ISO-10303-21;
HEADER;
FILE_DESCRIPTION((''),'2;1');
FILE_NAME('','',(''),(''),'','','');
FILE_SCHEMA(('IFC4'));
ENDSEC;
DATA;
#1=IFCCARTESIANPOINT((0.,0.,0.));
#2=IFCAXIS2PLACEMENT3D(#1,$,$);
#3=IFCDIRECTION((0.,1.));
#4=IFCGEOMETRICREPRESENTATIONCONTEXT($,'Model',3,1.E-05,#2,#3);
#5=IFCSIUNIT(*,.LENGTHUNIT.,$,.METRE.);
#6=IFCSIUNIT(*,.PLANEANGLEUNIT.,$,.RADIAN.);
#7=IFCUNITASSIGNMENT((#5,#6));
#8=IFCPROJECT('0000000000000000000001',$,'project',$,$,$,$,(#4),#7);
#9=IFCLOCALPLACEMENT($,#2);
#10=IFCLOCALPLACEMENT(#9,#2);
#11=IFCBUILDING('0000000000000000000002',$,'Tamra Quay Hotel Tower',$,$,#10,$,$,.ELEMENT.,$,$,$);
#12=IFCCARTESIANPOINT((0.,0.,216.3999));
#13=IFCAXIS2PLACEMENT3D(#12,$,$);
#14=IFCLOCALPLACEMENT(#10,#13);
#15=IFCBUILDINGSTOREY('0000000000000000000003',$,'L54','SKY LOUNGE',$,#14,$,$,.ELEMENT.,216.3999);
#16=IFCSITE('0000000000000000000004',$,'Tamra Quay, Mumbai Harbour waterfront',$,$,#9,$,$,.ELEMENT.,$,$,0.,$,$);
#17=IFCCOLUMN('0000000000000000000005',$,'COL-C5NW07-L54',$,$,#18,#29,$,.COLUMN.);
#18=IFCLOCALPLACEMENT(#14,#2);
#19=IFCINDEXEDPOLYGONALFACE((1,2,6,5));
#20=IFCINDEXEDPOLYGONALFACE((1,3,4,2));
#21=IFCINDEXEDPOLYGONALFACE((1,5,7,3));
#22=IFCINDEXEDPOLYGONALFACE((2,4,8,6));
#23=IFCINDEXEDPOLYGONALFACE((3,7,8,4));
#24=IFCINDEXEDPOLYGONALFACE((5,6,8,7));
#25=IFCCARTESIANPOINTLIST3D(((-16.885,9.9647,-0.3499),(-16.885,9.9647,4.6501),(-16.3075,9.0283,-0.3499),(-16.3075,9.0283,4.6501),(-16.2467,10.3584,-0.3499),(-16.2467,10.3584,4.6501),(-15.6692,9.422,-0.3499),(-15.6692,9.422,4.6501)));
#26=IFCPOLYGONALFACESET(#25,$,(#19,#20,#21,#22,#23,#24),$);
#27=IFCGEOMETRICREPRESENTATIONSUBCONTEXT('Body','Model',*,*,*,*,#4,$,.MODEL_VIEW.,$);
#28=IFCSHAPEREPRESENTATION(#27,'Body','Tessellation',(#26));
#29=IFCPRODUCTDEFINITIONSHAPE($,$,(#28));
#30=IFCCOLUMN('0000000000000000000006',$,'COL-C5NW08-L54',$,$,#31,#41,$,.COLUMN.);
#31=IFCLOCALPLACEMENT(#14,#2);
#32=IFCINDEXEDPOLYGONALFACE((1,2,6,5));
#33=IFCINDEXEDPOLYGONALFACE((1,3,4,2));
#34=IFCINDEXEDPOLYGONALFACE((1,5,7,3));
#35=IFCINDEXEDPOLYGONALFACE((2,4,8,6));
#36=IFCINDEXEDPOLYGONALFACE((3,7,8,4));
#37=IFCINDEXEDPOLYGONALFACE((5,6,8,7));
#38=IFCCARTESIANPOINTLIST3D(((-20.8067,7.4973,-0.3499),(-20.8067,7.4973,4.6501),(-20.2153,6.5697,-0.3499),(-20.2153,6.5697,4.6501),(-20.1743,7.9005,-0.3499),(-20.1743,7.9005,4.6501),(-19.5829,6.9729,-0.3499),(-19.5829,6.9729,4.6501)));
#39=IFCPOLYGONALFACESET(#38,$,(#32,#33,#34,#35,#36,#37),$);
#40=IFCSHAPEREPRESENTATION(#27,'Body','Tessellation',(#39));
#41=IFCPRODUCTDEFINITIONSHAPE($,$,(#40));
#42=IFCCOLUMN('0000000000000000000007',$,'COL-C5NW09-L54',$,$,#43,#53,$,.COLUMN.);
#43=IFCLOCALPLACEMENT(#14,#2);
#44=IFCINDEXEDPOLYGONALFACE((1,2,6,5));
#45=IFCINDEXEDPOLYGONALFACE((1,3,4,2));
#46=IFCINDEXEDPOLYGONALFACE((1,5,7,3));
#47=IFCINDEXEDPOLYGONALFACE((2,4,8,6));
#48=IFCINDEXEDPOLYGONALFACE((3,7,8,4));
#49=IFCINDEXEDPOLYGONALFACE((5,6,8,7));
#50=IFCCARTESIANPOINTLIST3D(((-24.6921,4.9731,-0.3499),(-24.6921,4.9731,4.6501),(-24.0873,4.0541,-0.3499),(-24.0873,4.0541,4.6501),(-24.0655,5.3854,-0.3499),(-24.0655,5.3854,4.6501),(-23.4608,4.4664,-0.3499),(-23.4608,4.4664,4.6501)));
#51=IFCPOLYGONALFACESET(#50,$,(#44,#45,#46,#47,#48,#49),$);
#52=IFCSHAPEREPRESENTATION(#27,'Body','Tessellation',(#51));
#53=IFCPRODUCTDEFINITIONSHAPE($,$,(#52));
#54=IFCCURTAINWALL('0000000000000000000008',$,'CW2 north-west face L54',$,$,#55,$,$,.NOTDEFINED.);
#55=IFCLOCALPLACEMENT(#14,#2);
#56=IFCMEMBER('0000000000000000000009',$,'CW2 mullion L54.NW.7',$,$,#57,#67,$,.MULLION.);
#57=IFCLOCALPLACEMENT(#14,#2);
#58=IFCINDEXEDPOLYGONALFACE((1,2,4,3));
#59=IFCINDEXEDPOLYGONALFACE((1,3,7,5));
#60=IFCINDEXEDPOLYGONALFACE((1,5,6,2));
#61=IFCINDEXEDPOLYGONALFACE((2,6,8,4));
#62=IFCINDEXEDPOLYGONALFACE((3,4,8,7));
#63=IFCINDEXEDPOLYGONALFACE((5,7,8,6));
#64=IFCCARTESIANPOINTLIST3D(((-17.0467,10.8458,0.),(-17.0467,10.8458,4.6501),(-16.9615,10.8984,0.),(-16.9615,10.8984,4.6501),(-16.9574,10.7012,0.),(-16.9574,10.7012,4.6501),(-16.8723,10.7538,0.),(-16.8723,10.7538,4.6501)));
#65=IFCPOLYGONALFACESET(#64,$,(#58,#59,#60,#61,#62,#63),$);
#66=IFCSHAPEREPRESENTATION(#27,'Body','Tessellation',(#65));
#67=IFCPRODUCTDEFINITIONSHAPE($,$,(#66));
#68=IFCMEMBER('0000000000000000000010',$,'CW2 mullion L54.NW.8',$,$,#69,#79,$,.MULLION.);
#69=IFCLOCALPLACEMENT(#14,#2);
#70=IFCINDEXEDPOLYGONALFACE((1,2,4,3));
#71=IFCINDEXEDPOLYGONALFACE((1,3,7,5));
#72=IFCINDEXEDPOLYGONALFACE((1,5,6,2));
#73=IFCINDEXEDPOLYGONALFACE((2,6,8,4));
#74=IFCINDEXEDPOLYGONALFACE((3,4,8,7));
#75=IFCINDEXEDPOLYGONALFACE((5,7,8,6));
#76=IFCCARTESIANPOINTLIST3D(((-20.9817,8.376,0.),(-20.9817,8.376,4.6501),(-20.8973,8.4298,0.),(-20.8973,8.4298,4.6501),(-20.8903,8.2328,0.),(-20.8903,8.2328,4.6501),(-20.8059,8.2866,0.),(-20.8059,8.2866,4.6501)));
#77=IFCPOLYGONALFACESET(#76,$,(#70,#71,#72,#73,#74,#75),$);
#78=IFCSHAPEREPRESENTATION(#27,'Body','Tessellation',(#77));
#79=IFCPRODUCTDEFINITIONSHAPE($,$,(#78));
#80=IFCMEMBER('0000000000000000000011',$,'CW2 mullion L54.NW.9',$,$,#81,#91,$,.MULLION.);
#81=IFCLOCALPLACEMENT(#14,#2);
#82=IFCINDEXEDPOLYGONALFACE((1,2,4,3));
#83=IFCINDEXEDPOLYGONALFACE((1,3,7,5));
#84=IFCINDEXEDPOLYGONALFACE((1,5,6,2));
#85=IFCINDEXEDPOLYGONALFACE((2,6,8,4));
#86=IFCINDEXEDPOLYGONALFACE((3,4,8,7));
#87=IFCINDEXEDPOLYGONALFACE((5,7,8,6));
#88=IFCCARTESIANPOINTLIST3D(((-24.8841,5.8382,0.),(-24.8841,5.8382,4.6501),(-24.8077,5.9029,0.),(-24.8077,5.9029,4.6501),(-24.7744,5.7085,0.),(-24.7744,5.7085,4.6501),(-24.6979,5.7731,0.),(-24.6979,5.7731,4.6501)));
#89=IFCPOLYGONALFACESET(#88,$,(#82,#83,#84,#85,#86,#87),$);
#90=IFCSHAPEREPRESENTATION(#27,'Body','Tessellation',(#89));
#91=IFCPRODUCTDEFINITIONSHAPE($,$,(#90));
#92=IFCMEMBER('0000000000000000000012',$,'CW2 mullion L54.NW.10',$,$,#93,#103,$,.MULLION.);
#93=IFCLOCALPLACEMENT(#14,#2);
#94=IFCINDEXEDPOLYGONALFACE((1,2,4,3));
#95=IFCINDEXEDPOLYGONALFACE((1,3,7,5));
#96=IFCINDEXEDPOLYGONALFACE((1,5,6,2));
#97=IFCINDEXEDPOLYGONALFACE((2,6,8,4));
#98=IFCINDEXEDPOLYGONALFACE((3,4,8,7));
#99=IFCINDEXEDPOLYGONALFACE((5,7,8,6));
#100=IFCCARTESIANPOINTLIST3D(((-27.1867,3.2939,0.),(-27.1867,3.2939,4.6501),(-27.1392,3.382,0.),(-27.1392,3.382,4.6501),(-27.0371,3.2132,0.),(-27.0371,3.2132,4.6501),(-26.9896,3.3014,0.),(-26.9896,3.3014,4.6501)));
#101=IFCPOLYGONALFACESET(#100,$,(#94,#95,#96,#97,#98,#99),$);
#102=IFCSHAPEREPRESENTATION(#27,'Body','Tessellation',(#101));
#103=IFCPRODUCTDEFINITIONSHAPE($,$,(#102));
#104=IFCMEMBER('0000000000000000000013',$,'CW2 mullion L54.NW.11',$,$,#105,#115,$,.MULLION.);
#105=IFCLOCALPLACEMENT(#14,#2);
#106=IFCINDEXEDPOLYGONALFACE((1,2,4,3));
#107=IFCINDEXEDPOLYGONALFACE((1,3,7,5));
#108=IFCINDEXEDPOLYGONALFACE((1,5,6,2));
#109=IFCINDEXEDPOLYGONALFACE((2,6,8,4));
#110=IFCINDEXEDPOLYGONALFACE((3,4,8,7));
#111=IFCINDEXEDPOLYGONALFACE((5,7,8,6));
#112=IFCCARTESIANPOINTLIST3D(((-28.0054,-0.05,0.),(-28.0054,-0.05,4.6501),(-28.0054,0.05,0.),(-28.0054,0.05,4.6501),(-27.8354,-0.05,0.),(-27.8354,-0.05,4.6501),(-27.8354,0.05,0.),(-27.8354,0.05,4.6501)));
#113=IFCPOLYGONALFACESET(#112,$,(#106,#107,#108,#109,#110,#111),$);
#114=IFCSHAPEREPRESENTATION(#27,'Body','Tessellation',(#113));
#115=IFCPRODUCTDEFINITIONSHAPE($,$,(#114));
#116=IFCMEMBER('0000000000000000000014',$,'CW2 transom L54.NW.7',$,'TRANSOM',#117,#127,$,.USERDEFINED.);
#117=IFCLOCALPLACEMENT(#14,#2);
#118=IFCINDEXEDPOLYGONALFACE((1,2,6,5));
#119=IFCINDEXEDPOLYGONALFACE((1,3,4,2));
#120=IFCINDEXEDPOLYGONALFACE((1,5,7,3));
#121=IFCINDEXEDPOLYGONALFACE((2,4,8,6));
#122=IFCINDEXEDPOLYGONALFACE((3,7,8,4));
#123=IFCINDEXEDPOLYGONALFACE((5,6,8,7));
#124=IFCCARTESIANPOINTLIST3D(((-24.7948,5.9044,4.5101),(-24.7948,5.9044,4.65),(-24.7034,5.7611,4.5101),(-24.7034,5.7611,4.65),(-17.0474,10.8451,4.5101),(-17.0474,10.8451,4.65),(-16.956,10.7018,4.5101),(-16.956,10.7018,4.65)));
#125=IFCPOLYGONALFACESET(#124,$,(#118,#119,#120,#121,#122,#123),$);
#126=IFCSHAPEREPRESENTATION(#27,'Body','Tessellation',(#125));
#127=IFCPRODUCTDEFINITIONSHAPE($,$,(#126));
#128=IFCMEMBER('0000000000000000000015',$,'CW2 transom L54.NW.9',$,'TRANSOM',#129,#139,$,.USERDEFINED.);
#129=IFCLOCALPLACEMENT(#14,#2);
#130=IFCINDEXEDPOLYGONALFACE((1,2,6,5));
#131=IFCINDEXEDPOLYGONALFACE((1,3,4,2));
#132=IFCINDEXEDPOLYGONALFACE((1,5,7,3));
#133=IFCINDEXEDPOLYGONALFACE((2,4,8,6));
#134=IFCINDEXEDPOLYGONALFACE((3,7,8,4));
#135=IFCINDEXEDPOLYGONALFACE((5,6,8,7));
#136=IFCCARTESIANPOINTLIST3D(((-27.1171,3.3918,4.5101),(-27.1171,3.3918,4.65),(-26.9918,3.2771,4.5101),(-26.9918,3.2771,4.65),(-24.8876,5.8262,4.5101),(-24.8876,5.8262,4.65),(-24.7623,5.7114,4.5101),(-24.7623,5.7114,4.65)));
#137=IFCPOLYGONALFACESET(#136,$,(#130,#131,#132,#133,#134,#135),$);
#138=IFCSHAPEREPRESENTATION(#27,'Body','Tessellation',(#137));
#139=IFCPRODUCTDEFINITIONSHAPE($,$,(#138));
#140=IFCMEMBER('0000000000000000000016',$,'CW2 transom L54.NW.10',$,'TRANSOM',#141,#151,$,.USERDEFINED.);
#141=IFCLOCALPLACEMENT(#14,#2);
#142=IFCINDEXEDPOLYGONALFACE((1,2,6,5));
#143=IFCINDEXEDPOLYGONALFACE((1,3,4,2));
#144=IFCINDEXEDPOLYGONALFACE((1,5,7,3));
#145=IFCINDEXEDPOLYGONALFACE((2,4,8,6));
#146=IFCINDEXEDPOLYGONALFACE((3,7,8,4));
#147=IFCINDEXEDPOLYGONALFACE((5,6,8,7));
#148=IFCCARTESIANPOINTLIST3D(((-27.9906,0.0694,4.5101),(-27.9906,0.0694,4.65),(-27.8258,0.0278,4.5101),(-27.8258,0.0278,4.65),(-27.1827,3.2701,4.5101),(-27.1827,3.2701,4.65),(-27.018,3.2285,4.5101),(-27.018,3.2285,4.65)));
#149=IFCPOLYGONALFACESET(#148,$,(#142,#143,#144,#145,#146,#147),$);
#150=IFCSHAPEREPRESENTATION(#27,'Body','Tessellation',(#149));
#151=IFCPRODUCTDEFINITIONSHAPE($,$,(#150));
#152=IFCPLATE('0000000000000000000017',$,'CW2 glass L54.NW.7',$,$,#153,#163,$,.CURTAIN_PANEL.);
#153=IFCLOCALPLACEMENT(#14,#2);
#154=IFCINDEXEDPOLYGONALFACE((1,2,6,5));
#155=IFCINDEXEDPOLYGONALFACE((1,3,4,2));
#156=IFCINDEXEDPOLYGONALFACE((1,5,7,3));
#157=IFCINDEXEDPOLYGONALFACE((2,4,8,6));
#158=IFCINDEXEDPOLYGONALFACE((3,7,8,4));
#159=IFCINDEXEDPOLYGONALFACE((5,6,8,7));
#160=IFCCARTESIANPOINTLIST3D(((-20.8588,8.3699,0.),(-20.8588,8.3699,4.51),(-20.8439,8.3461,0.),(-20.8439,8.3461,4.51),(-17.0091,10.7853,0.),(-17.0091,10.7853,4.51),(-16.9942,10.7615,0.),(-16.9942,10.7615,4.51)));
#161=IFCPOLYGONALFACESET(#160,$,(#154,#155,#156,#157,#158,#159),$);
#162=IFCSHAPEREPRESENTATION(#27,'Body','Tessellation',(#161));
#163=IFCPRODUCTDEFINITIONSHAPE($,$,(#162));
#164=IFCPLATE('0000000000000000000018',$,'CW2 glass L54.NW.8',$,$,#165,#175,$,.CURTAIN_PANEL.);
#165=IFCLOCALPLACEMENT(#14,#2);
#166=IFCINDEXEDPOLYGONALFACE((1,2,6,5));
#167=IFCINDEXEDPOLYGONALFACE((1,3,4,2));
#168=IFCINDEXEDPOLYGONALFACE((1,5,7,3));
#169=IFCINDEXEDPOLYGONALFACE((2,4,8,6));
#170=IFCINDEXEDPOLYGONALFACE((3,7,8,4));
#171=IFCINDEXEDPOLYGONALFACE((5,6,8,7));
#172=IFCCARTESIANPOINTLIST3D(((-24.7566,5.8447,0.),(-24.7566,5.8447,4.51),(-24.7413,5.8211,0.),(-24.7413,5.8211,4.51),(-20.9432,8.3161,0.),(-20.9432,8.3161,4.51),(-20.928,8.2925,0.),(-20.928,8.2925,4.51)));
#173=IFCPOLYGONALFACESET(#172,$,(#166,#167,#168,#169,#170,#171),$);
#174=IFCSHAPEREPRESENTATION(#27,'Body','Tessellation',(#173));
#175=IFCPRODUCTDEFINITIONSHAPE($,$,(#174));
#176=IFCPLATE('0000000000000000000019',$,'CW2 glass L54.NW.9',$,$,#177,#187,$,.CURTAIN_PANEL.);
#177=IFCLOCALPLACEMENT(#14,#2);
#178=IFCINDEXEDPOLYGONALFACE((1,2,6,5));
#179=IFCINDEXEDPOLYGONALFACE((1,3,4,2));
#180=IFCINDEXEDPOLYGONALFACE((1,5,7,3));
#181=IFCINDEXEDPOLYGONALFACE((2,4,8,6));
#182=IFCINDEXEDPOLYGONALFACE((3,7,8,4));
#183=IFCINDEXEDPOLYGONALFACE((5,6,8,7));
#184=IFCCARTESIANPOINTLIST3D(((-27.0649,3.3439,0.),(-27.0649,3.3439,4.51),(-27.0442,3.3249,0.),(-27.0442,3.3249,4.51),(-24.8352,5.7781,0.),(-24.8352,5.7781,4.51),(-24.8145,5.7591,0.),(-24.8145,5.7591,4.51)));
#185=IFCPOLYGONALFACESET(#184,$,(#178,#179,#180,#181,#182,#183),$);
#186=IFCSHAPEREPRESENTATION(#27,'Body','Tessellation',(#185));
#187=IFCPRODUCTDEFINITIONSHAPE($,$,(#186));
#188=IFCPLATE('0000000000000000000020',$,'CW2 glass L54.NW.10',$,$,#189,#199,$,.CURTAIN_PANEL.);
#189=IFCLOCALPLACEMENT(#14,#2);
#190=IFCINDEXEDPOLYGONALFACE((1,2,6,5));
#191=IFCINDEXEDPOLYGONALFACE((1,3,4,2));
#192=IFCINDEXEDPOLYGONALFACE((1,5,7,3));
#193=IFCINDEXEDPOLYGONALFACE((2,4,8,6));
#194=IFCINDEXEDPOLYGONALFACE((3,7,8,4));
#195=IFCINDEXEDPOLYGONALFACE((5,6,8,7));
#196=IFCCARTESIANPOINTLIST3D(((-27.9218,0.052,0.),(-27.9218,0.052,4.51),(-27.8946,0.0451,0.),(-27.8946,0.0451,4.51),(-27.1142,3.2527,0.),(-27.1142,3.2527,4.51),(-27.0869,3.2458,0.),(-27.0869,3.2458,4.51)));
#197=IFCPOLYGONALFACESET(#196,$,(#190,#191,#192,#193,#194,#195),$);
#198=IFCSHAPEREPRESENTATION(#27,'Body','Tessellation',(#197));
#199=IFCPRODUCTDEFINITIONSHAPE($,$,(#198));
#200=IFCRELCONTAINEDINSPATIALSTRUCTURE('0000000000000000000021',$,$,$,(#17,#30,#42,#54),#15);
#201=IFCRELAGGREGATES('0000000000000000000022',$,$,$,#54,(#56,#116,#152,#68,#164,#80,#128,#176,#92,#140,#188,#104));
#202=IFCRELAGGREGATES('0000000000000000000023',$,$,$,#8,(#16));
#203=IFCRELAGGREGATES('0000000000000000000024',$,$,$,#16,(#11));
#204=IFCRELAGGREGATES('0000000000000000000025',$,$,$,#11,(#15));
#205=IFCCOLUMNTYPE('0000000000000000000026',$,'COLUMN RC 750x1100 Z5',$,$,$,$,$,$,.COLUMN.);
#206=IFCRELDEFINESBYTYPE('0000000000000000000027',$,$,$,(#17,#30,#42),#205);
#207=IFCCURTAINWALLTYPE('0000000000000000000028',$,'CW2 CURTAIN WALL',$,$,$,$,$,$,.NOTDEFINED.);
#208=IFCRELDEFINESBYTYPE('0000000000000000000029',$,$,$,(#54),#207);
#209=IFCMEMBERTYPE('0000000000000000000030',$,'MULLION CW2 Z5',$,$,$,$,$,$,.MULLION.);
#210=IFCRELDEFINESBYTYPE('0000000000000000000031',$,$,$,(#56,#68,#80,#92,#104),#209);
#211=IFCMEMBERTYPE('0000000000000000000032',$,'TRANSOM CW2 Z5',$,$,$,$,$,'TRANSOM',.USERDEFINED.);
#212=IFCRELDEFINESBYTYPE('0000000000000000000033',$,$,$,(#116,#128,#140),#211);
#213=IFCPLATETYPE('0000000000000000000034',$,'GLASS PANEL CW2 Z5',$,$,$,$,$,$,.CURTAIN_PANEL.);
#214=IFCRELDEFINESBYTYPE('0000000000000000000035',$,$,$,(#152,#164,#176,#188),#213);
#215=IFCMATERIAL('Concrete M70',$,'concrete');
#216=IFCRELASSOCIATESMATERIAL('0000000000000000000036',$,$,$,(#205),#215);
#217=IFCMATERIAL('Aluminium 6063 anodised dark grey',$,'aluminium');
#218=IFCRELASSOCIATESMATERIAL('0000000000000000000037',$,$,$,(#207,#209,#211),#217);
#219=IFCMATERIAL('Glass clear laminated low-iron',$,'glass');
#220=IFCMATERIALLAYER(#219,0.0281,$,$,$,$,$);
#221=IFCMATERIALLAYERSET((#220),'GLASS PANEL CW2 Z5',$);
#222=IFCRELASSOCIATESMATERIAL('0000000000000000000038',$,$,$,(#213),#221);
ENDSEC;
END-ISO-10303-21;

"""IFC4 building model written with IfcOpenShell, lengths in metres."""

from ifc_helpers import new_model, si_unit, direction, frame, origin, origin_2d, place, context, subcontext, project, spatial, rectangle, extrude, material, layer, layer_set, material_profile, profile_set, type_object, element, aggregate, save


model = new_model("IFC4")

# Units and contexts
model_context = context("Model", 3, precision=1e-05, world=origin(), true_north=direction((0.0, 1.0)))
body_context = subcontext(model_context, "Body", "Model", "MODEL_VIEW")
ifc_project = project(units=[si_unit("LENGTHUNIT", "METRE"), si_unit("PLANEANGLEUNIT", "RADIAN")], contexts=[model_context])

# Site, building, storey
site_placement = place(None, origin())
site = spatial("IfcSite", under=ifc_project, at=site_placement, Name="Tamra Quay, Mumbai Harbour waterfront", CompositionType="ELEMENT", RefElevation=0.0)
building_placement = place(site_placement, origin())
building = spatial("IfcBuilding", under=site, at=building_placement, Name="Tamra Quay Hotel Tower", CompositionType="ELEMENT")
storey_placement = place(building_placement, frame((0.0, 0.0, 216.3999)))
storey = spatial("IfcBuildingStorey", under=building, at=storey_placement, Name="L54", Description="SKY LOUNGE", CompositionType="ELEMENT", Elevation=216.3999)

# Columns
ifc_material_1 = material(Name="Concrete M70", Category="concrete")
ifc_material_profile_1 = material_profile(ifc_material_1, rectangle(XDim=1.1001, YDim=0.75, at=origin_2d()), Name="COLUMN RC 750x1100 Z5")
ifc_profile_set_1 = profile_set([ifc_material_profile_1], Name="Concrete M70")
column_type = type_object("IfcColumnType", Name="COLUMN RC 750x1100 Z5", PredefinedType="COLUMN", material=ifc_profile_set_1)
for number, where, z_axis, x_axis, name in (
    (1, (-16.2771, 9.6934, -0.3499), (0.0, 0.0, 1.0), (-0.524928, 0.851147, 0.0), "COL-C5NW07-L54"),
    (2, (-20.1948, 7.2351, -0.3499), (0.0, 0.0, 1.0), (-0.537585, 0.843209, 0.0), "COL-C5NW08-L54"),
    (3, (-24.0764, 4.7197, -0.3499), (0.0, 0.0, 1.0), (-0.549739, 0.835337, 0.0), "COL-C5NW09-L54"),
):
    element("IfcColumn", number, at=place(storey_placement, frame(where, z_axis=z_axis, x_axis=x_axis)), inside=storey, type_object=column_type, Name=name, PredefinedType="COLUMN", context=body_context, shape_type="SweptSolid", body=[
        extrude(rectangle(XDim=1.1001, YDim=0.75, at=origin_2d()), origin(), (0.0, 0.0, 1.0), 5.0),
    ])

# Curtain wall, members, plates
ifc_material_2 = material(Name="Aluminium 6063 anodised dark grey", Category="aluminium")
curtain_wall_type = type_object("IfcCurtainWallType", Name="CW2 CURTAIN WALL", PredefinedType="NOTDEFINED", material=ifc_material_2)
curtain_wall_placement = place(storey_placement, origin())
curtain_wall = element("IfcCurtainWall", 4, at=curtain_wall_placement, inside=storey, type_object=curtain_wall_type, Name="CW2 north-west face L54", PredefinedType="NOTDEFINED")
ifc_material_profile_2 = material_profile(ifc_material_2, rectangle(XDim=0.1699, YDim=0.1001, at=origin_2d()), Name="MULLION 100X170")
ifc_profile_set_2 = profile_set([ifc_material_profile_2], Name="Aluminium 6063 anodised dark grey")
member_type_1 = type_object("IfcMemberType", Name="MULLION CW2 Z5", PredefinedType="MULLION", material=ifc_profile_set_2)
member_1_placement = place(storey_placement, frame((-16.9595, 10.7998, 0.0), z_axis=(0.0, 0.0, 1.0), x_axis=(-0.525249, 0.850949, 0.0)))
member_1 = element("IfcMember", 5, at=member_1_placement, type_object=member_type_1, Name="CW2 mullion L54.NW.7", PredefinedType="MULLION", context=body_context, shape_type="SweptSolid", body=[
    extrude(rectangle(XDim=0.1699, YDim=0.1001, at=origin_2d()), origin(), (0.0, 0.0, 1.0), 4.6501),
])
member_2_placement = place(storey_placement, frame((-20.8938, 8.3313, 0.0), z_axis=(0.0, 0.0, 1.0), x_axis=(-0.537685, 0.843146, 0.0)))
member_2 = element("IfcMember", 6, at=member_2_placement, type_object=member_type_1, Name="CW2 mullion L54.NW.8", PredefinedType="MULLION", context=body_context, shape_type="SweptSolid", body=[
    extrude(rectangle(XDim=0.1699, YDim=0.1001, at=origin_2d()), origin(), (0.0, 0.0, 1.0), 4.6501),
])
member_3_placement = place(storey_placement, frame((-24.791, 5.8057, 0.0), z_axis=(0.0, 0.0, 1.0), x_axis=(-0.645847, 0.763467, 0.0)))
member_3 = element("IfcMember", 7, at=member_3_placement, type_object=member_type_1, Name="CW2 mullion L54.NW.9", PredefinedType="MULLION", context=body_context, shape_type="SweptSolid", body=[
    extrude(rectangle(XDim=0.1699, YDim=0.1001, at=origin_2d()), origin(), (0.0, 0.0, 1.0), 4.6501),
])
member_4_placement = place(storey_placement, frame((-27.0881, 3.2976, 0.0), z_axis=(0.0, 0.0, 1.0), x_axis=(-0.880267, 0.474479, 0.0)))
member_4 = element("IfcMember", 8, at=member_4_placement, type_object=member_type_1, Name="CW2 mullion L54.NW.10", PredefinedType="MULLION", context=body_context, shape_type="SweptSolid", body=[
    extrude(rectangle(XDim=0.1699, YDim=0.1001, at=origin_2d()), origin(), (0.0, 0.0, 1.0), 4.6501),
])
member_5_placement = place(storey_placement, frame((-27.9204, 0.0, 0.0), z_axis=(0.0, 0.0, 1.0), x_axis=(-1.0, 0.0, 0.0)))
member_5 = element("IfcMember", 9, at=member_5_placement, type_object=member_type_1, Name="CW2 mullion L54.NW.11", PredefinedType="MULLION", context=body_context, shape_type="SweptSolid", body=[
    extrude(rectangle(XDim=0.1699, YDim=0.1001, at=origin_2d()), origin(), (0.0, 0.0, 1.0), 4.6501),
])
ifc_material_profile_3 = material_profile(ifc_material_2, rectangle(XDim=0.1699, YDim=0.1399, at=origin_2d()), Name="TRANSOM 170X140")
ifc_profile_set_3 = profile_set([ifc_material_profile_3], Name="Aluminium 6063 anodised dark grey")
member_type_2 = type_object("IfcMemberType", Name="TRANSOM CW2 Z5", ElementType="TRANSOM", PredefinedType="USERDEFINED", material=ifc_profile_set_3)
member_6_placement = place(storey_placement, frame((-17.0017, 10.7734, 4.5801), z_axis=(-0.84314, -0.537694, 0.0), x_axis=(0.537694, -0.84314, 0.0)))
member_6 = element("IfcMember", 10, at=member_6_placement, type_object=member_type_2, Name="CW2 transom L54.NW.7", ObjectType="TRANSOM", PredefinedType="USERDEFINED", context=body_context, shape_type="SweptSolid", body=[
    extrude(rectangle(XDim=0.1699, YDim=0.1399, at=origin_2d()), origin(), (0.0, 0.0, 1.0), 9.1887),
])
member_7_placement = place(storey_placement, frame((-24.825, 5.7688, 4.5801), z_axis=(-0.6754, -0.737452, 0.0), x_axis=(0.737452, -0.6754, 0.0)))
member_7 = element("IfcMember", 11, at=member_7_placement, type_object=member_type_2, Name="CW2 transom L54.NW.9", ObjectType="TRANSOM", PredefinedType="USERDEFINED", context=body_context, shape_type="SweptSolid", body=[
    extrude(rectangle(XDim=0.1699, YDim=0.1399, at=origin_2d()), origin(), (0.0, 0.0, 1.0), 3.301),
])
member_8_placement = place(storey_placement, frame((-27.1003, 3.2493, 4.5801), z_axis=(-0.244728, -0.969592, 0.0), x_axis=(0.969592, -0.244728, 0.0)))
member_8 = element("IfcMember", 12, at=member_8_placement, type_object=member_type_2, Name="CW2 transom L54.NW.10", ObjectType="TRANSOM", PredefinedType="USERDEFINED", context=body_context, shape_type="SweptSolid", body=[
    extrude(rectangle(XDim=0.1699, YDim=0.1399, at=origin_2d()), origin(), (0.0, 0.0, 1.0), 3.301),
])
ifc_material_3 = material(Name="Glass clear laminated low-iron", Category="glass")
ifc_layer_1 = layer(ifc_material_3, 0.0281)
ifc_layer_set_1 = layer_set([ifc_layer_1], Name="GLASS PANEL CW2 Z5")
plate_type = type_object("IfcPlateType", Name="GLASS PANEL CW2 Z5", PredefinedType="CURTAIN_PANEL", material=ifc_layer_set_1)
plate_1_placement = place(storey_placement, frame((-18.9265, 9.5657, 0.0), z_axis=(0.0, 0.0, 1.0), x_axis=(-0.847068, -0.531484, 0.0)))
plate_1 = element("IfcPlate", 13, at=plate_1_placement, type_object=plate_type, Name="CW2 glass L54.NW.7", PredefinedType="CURTAIN_PANEL", context=body_context, shape_type="SweptSolid", body=[
    extrude(rectangle(XDim=4.5447, YDim=0.0281, at=origin_2d()), origin(), (0.0, 0.0, 1.0), 4.51),
])
plate_2_placement = place(storey_placement, frame((-22.8423, 7.0686, 0.0), z_axis=(0.0, 0.0, 1.0), x_axis=(-0.839179, -0.543856, 0.0)))
plate_2 = element("IfcPlate", 14, at=plate_2_placement, type_object=plate_type, Name="CW2 glass L54.NW.8", PredefinedType="CURTAIN_PANEL", context=body_context, shape_type="SweptSolid", body=[
    extrude(rectangle(XDim=4.5442, YDim=0.0281, at=origin_2d()), origin(), (0.0, 0.0, 1.0), 4.51),
])
plate_3_placement = place(storey_placement, frame((-25.9397, 4.5515, 0.0), z_axis=(0.0, 0.0, 1.0), x_axis=(-0.675438, -0.737417, 0.0)))
plate_3 = element("IfcPlate", 15, at=plate_3_placement, type_object=plate_type, Name="CW2 glass L54.NW.9", PredefinedType="CURTAIN_PANEL", context=body_context, shape_type="SweptSolid", body=[
    extrude(rectangle(XDim=3.301, YDim=0.0281, at=origin_2d()), origin(), (0.0, 0.0, 1.0), 4.51),
])
plate_4_placement = place(storey_placement, frame((-27.5044, 1.6489, 0.0), z_axis=(0.0, 0.0, 1.0), x_axis=(-0.244677, -0.969605, 0.0)))
plate_4 = element("IfcPlate", 16, at=plate_4_placement, type_object=plate_type, Name="CW2 glass L54.NW.10", PredefinedType="CURTAIN_PANEL", context=body_context, shape_type="SweptSolid", body=[
    extrude(rectangle(XDim=3.301, YDim=0.0281, at=origin_2d()), origin(), (0.0, 0.0, 1.0), 4.51),
])
aggregate(curtain_wall, [member_1, member_6, plate_1, member_2, plate_2, member_3, member_7, plate_3, member_4, member_8, plate_4, member_5])

save(model, "model.ifc")
